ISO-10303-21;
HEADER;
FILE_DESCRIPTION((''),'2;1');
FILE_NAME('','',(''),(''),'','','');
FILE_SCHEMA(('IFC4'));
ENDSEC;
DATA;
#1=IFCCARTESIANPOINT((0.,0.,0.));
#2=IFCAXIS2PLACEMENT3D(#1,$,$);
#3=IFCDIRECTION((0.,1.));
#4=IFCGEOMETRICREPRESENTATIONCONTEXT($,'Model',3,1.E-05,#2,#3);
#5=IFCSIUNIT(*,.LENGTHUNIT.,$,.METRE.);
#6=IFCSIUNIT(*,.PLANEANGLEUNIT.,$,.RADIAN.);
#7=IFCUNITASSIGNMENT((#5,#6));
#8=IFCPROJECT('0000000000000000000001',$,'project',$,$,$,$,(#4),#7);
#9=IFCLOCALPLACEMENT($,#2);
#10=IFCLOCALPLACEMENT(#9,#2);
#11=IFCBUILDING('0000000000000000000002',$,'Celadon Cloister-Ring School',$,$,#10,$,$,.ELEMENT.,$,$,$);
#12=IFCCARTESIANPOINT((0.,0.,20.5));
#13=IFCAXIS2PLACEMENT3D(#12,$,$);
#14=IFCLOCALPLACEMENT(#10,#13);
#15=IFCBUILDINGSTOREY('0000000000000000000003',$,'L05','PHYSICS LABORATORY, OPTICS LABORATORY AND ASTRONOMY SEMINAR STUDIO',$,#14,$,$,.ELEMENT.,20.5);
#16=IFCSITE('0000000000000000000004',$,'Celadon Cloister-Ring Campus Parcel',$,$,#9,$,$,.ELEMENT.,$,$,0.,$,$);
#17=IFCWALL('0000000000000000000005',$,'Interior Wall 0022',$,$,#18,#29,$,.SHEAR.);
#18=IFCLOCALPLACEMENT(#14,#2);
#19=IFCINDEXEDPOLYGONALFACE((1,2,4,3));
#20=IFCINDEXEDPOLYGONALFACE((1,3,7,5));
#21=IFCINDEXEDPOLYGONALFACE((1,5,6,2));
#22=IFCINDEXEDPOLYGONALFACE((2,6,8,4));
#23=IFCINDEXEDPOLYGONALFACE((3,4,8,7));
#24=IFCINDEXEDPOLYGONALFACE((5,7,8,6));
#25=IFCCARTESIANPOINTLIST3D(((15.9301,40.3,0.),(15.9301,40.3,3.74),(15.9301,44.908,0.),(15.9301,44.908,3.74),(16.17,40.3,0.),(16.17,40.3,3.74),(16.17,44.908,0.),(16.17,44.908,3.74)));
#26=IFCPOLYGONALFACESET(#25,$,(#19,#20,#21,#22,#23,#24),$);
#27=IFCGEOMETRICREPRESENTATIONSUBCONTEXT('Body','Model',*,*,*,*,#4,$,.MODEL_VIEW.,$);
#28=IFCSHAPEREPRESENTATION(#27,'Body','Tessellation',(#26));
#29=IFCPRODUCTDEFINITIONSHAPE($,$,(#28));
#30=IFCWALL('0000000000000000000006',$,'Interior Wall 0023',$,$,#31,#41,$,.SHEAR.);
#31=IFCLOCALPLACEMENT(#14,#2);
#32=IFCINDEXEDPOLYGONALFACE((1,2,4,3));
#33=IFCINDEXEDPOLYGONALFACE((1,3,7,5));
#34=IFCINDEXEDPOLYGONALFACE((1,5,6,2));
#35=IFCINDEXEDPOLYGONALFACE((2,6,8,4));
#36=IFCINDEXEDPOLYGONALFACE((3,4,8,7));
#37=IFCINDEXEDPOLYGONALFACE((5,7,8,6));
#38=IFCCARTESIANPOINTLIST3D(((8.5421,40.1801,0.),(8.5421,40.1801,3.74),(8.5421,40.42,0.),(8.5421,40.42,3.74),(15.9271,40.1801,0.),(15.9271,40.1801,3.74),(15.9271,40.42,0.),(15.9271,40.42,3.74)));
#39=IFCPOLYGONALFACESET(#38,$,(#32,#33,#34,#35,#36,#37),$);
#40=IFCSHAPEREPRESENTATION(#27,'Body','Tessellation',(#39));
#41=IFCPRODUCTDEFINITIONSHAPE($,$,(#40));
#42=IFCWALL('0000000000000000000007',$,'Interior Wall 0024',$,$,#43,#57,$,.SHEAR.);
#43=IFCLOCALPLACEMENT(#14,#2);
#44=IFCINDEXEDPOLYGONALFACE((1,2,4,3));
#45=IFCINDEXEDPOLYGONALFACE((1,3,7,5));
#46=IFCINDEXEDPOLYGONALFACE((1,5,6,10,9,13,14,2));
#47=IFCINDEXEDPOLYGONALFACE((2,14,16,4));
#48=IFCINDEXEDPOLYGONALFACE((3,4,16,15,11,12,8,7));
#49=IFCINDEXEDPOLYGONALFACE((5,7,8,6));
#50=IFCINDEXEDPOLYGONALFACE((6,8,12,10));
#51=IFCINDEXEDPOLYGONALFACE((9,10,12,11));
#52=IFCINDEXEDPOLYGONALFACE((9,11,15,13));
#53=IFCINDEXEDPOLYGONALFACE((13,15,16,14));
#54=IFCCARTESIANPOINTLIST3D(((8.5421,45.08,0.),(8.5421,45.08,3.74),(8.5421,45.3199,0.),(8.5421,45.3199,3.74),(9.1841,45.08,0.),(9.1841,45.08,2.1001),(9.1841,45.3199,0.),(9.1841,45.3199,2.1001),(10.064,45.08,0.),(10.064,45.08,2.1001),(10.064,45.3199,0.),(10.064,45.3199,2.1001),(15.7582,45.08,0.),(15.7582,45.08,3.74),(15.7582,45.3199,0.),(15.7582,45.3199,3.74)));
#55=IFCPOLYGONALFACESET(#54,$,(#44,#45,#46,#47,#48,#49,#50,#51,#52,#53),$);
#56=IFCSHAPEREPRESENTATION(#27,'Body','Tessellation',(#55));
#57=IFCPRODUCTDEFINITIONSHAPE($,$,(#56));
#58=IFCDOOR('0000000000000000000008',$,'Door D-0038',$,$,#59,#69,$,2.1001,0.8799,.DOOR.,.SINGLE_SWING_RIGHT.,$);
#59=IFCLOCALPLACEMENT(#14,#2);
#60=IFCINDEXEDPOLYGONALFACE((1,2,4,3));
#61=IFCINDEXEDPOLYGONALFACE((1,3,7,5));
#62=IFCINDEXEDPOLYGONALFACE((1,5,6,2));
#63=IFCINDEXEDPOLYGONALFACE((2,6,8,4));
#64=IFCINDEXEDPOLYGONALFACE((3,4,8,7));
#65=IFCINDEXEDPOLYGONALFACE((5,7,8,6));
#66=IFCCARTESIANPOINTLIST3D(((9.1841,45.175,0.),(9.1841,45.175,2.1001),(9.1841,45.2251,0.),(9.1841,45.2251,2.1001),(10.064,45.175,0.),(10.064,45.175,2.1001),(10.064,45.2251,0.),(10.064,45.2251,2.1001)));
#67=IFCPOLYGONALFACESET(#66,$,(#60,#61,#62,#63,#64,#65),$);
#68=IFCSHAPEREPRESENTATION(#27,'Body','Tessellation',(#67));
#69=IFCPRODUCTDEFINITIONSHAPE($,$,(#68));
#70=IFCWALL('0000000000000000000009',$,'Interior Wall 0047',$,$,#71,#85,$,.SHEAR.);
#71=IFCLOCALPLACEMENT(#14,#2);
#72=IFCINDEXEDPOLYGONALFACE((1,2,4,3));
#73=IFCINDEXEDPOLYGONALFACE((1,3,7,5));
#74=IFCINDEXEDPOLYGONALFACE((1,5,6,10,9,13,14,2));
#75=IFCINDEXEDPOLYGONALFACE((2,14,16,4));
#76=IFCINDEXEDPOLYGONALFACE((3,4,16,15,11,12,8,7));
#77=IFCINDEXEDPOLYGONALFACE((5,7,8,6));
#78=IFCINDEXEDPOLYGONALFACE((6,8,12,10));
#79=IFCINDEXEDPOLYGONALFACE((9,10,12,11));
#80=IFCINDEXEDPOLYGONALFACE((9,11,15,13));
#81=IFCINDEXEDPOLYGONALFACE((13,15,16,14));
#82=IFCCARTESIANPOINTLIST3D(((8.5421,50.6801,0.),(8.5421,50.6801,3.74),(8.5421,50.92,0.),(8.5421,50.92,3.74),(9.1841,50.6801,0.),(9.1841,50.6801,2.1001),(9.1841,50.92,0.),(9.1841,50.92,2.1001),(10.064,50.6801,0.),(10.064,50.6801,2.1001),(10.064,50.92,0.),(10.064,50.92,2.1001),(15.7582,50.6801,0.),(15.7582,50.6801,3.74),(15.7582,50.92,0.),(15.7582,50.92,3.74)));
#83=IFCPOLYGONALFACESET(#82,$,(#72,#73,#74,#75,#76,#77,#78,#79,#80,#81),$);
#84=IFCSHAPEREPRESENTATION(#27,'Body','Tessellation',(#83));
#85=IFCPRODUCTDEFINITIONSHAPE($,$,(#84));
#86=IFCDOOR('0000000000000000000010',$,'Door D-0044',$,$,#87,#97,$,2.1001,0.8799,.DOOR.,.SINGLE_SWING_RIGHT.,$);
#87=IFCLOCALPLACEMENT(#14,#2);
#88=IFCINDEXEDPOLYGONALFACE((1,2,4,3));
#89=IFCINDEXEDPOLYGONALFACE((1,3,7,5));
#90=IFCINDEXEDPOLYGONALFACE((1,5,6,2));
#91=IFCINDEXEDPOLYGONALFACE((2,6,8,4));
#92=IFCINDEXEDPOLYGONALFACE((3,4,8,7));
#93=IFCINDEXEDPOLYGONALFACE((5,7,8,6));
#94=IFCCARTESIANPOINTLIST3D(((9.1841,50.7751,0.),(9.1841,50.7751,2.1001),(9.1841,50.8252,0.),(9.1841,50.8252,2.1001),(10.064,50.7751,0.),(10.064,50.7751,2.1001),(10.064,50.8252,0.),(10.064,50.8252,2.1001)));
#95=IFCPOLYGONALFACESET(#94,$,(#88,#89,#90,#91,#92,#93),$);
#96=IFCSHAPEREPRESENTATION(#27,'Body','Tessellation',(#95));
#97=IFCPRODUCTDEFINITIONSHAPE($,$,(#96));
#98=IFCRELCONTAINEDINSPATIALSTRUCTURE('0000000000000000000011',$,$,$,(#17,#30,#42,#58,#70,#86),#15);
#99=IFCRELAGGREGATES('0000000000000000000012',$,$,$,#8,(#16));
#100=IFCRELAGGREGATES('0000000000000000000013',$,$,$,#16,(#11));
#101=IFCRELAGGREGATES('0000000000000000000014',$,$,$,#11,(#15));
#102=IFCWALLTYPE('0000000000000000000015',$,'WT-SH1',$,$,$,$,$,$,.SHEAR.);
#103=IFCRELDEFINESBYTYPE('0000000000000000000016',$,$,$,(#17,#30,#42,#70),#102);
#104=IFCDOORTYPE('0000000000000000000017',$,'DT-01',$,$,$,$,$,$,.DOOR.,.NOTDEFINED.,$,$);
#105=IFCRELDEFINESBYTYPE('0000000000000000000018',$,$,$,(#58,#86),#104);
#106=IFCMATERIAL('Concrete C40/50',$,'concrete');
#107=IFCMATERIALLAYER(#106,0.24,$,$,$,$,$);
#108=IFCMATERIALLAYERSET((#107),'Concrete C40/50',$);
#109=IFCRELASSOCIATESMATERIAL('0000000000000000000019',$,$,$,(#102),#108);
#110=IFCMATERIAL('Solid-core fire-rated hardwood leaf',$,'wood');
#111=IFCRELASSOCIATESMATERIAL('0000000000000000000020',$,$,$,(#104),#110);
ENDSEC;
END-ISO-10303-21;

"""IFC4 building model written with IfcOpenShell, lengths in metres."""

from ifc_helpers import new_model, si_unit, direction, frame, frame_2d, origin, place, context, subcontext, project, spatial, rectangle, extrude, material, layer, layer_set, type_object, element, fill, save


model = new_model("IFC4")

# Units and contexts
model_context = context("Model", 3, precision=1e-05, world=origin(), true_north=direction((0.0, 1.0)))
body_context = subcontext(model_context, "Body", "Model", "MODEL_VIEW")
ifc_project = project(units=[si_unit("LENGTHUNIT", "METRE"), si_unit("PLANEANGLEUNIT", "RADIAN")], contexts=[model_context])

# Site, building, storey
site_placement = place(None, origin())
site = spatial("IfcSite", under=ifc_project, at=site_placement, Name="Celadon Cloister-Ring Campus Parcel", CompositionType="ELEMENT", RefElevation=0.0)
building_placement = place(site_placement, origin())
building = spatial("IfcBuilding", under=site, at=building_placement, Name="Celadon Cloister-Ring School", CompositionType="ELEMENT")
storey_placement = place(building_placement, frame((0.0, 0.0, 20.5)))
storey = spatial("IfcBuildingStorey", under=building, at=storey_placement, Name="L05", Description="PHYSICS LABORATORY, OPTICS LABORATORY AND ASTRONOMY SEMINAR STUDIO", CompositionType="ELEMENT", Elevation=20.5)

# Walls
ifc_material_1 = material(Name="Concrete C40/50", Category="concrete")
ifc_layer_1 = layer(ifc_material_1, 0.24)
ifc_layer_set_1 = layer_set([ifc_layer_1], Name="Concrete C40/50")
wall_type_1 = type_object("IfcWallType", Name="WT-SH1", PredefinedType="SHEAR", material=ifc_layer_set_1)
wall_1_placement = place(storey_placement, frame((16.05, 44.908, 0.0), z_axis=(0.0, 0.0, 1.0), x_axis=(0.0, -1.0, 0.0)))
element("IfcWall", 1, at=wall_1_placement, inside=storey, type_object=wall_type_1, Name="Interior Wall 0022", PredefinedType="SHEAR", context=body_context, shape_type="SweptSolid", body=[
    extrude(rectangle(XDim=4.6079, YDim=0.24, at=frame_2d((2.304, 0.0))), origin(), (0.0, 0.0, 1.0), 3.74),
])
wall_2_placement = place(storey_placement, frame((15.927, 40.3, 0.0), z_axis=(0.0, 0.0, 1.0), x_axis=(-1.0, 0.0, 0.0)))
element("IfcWall", 2, at=wall_2_placement, inside=storey, type_object=wall_type_1, Name="Interior Wall 0023", PredefinedType="SHEAR", context=body_context, shape_type="SweptSolid", body=[
    extrude(rectangle(XDim=7.385, YDim=0.24, at=frame_2d((3.6924, 0.0))), origin(), (0.0, 0.0, 1.0), 3.74),
])

# Walls, openings, doors
wall_3_placement = place(storey_placement, frame((15.7581, 45.2, 0.0), z_axis=(0.0, 0.0, 1.0), x_axis=(-1.0, 0.0, 0.0)))
wall_3 = element("IfcWall", 3, at=wall_3_placement, inside=storey, type_object=wall_type_1, Name="Interior Wall 0024", PredefinedType="SHEAR", context=body_context, shape_type="SweptSolid", body=[
    extrude(rectangle(XDim=7.2161, YDim=0.24, at=frame_2d((3.6079, 0.0))), origin(), (0.0, 0.0, 1.0), 3.74),
])
opening_1_placement = place(wall_3_placement, frame((5.6941, 0.0, 0.0)))
opening_1 = element("IfcOpeningElement", 4, at=opening_1_placement, cuts=wall_3, PredefinedType="OPENING", context=body_context, shape_type="SweptSolid", body=[
    extrude(rectangle(XDim=0.8799, YDim=2.1001, at=frame_2d((0.4399, 1.05))), frame((0.0, 0.1299, 0.0), z_axis=(0.0, -1.0, 0.0), x_axis=(1.0, 0.0, 0.0)), (0.0, 0.0, 1.0), 0.26),
])
ifc_material_2 = material(Name="Solid-core fire-rated hardwood leaf", Category="wood")
door_type_1 = type_object("IfcDoorType", Name="DT-01", OperationType="NOTDEFINED", PredefinedType="DOOR", material=ifc_material_2)
door_1_placement = place(opening_1_placement, origin())
door_1 = element("IfcDoor", 5, at=door_1_placement, inside=storey, type_object=door_type_1, Name="Door D-0038", OperationType="SINGLE_SWING_RIGHT", OverallHeight=2.1001, OverallWidth=0.8799, PredefinedType="DOOR", context=body_context, shape_type="SweptSolid", body=[
    extrude(rectangle(XDim=0.8799, YDim=2.1001, at=frame_2d((0.4399, 1.05))), frame((0.0, 0.0249, 0.0), z_axis=(0.0, -1.0, 0.0), x_axis=(1.0, 0.0, 0.0)), (0.0, 0.0, 1.0), 0.05),
])
fill(opening_1, door_1)
wall_4_placement = place(storey_placement, frame((15.7581, 50.8, 0.0), z_axis=(0.0, 0.0, 1.0), x_axis=(-1.0, 0.0, 0.0)))
wall_4 = element("IfcWall", 6, at=wall_4_placement, inside=storey, type_object=wall_type_1, Name="Interior Wall 0047", PredefinedType="SHEAR", context=body_context, shape_type="SweptSolid", body=[
    extrude(rectangle(XDim=7.2161, YDim=0.24, at=frame_2d((3.6079, 0.0))), origin(), (0.0, 0.0, 1.0), 3.74),
])
opening_2_placement = place(wall_4_placement, frame((5.6941, 0.0, 0.0)))
opening_2 = element("IfcOpeningElement", 7, at=opening_2_placement, cuts=wall_4, PredefinedType="OPENING", context=body_context, shape_type="SweptSolid", body=[
    extrude(rectangle(XDim=0.8799, YDim=2.1001, at=frame_2d((0.4399, 1.05))), frame((0.0, 0.1299, 0.0), z_axis=(0.0, -1.0, 0.0), x_axis=(1.0, 0.0, 0.0)), (0.0, 0.0, 1.0), 0.26),
])
door_2_placement = place(opening_2_placement, origin())
door_2 = element("IfcDoor", 8, at=door_2_placement, inside=storey, type_object=door_type_1, Name="Door D-0044", OperationType="SINGLE_SWING_RIGHT", OverallHeight=2.1001, OverallWidth=0.8799, PredefinedType="DOOR", context=body_context, shape_type="SweptSolid", body=[
    extrude(rectangle(XDim=0.8799, YDim=2.1001, at=frame_2d((0.4399, 1.05))), frame((0.0, 0.0249, 0.0), z_axis=(0.0, -1.0, 0.0), x_axis=(1.0, 0.0, 0.0)), (0.0, 0.0, 1.0), 0.05),
])
fill(opening_2, door_2)

save(model, "model.ifc")
